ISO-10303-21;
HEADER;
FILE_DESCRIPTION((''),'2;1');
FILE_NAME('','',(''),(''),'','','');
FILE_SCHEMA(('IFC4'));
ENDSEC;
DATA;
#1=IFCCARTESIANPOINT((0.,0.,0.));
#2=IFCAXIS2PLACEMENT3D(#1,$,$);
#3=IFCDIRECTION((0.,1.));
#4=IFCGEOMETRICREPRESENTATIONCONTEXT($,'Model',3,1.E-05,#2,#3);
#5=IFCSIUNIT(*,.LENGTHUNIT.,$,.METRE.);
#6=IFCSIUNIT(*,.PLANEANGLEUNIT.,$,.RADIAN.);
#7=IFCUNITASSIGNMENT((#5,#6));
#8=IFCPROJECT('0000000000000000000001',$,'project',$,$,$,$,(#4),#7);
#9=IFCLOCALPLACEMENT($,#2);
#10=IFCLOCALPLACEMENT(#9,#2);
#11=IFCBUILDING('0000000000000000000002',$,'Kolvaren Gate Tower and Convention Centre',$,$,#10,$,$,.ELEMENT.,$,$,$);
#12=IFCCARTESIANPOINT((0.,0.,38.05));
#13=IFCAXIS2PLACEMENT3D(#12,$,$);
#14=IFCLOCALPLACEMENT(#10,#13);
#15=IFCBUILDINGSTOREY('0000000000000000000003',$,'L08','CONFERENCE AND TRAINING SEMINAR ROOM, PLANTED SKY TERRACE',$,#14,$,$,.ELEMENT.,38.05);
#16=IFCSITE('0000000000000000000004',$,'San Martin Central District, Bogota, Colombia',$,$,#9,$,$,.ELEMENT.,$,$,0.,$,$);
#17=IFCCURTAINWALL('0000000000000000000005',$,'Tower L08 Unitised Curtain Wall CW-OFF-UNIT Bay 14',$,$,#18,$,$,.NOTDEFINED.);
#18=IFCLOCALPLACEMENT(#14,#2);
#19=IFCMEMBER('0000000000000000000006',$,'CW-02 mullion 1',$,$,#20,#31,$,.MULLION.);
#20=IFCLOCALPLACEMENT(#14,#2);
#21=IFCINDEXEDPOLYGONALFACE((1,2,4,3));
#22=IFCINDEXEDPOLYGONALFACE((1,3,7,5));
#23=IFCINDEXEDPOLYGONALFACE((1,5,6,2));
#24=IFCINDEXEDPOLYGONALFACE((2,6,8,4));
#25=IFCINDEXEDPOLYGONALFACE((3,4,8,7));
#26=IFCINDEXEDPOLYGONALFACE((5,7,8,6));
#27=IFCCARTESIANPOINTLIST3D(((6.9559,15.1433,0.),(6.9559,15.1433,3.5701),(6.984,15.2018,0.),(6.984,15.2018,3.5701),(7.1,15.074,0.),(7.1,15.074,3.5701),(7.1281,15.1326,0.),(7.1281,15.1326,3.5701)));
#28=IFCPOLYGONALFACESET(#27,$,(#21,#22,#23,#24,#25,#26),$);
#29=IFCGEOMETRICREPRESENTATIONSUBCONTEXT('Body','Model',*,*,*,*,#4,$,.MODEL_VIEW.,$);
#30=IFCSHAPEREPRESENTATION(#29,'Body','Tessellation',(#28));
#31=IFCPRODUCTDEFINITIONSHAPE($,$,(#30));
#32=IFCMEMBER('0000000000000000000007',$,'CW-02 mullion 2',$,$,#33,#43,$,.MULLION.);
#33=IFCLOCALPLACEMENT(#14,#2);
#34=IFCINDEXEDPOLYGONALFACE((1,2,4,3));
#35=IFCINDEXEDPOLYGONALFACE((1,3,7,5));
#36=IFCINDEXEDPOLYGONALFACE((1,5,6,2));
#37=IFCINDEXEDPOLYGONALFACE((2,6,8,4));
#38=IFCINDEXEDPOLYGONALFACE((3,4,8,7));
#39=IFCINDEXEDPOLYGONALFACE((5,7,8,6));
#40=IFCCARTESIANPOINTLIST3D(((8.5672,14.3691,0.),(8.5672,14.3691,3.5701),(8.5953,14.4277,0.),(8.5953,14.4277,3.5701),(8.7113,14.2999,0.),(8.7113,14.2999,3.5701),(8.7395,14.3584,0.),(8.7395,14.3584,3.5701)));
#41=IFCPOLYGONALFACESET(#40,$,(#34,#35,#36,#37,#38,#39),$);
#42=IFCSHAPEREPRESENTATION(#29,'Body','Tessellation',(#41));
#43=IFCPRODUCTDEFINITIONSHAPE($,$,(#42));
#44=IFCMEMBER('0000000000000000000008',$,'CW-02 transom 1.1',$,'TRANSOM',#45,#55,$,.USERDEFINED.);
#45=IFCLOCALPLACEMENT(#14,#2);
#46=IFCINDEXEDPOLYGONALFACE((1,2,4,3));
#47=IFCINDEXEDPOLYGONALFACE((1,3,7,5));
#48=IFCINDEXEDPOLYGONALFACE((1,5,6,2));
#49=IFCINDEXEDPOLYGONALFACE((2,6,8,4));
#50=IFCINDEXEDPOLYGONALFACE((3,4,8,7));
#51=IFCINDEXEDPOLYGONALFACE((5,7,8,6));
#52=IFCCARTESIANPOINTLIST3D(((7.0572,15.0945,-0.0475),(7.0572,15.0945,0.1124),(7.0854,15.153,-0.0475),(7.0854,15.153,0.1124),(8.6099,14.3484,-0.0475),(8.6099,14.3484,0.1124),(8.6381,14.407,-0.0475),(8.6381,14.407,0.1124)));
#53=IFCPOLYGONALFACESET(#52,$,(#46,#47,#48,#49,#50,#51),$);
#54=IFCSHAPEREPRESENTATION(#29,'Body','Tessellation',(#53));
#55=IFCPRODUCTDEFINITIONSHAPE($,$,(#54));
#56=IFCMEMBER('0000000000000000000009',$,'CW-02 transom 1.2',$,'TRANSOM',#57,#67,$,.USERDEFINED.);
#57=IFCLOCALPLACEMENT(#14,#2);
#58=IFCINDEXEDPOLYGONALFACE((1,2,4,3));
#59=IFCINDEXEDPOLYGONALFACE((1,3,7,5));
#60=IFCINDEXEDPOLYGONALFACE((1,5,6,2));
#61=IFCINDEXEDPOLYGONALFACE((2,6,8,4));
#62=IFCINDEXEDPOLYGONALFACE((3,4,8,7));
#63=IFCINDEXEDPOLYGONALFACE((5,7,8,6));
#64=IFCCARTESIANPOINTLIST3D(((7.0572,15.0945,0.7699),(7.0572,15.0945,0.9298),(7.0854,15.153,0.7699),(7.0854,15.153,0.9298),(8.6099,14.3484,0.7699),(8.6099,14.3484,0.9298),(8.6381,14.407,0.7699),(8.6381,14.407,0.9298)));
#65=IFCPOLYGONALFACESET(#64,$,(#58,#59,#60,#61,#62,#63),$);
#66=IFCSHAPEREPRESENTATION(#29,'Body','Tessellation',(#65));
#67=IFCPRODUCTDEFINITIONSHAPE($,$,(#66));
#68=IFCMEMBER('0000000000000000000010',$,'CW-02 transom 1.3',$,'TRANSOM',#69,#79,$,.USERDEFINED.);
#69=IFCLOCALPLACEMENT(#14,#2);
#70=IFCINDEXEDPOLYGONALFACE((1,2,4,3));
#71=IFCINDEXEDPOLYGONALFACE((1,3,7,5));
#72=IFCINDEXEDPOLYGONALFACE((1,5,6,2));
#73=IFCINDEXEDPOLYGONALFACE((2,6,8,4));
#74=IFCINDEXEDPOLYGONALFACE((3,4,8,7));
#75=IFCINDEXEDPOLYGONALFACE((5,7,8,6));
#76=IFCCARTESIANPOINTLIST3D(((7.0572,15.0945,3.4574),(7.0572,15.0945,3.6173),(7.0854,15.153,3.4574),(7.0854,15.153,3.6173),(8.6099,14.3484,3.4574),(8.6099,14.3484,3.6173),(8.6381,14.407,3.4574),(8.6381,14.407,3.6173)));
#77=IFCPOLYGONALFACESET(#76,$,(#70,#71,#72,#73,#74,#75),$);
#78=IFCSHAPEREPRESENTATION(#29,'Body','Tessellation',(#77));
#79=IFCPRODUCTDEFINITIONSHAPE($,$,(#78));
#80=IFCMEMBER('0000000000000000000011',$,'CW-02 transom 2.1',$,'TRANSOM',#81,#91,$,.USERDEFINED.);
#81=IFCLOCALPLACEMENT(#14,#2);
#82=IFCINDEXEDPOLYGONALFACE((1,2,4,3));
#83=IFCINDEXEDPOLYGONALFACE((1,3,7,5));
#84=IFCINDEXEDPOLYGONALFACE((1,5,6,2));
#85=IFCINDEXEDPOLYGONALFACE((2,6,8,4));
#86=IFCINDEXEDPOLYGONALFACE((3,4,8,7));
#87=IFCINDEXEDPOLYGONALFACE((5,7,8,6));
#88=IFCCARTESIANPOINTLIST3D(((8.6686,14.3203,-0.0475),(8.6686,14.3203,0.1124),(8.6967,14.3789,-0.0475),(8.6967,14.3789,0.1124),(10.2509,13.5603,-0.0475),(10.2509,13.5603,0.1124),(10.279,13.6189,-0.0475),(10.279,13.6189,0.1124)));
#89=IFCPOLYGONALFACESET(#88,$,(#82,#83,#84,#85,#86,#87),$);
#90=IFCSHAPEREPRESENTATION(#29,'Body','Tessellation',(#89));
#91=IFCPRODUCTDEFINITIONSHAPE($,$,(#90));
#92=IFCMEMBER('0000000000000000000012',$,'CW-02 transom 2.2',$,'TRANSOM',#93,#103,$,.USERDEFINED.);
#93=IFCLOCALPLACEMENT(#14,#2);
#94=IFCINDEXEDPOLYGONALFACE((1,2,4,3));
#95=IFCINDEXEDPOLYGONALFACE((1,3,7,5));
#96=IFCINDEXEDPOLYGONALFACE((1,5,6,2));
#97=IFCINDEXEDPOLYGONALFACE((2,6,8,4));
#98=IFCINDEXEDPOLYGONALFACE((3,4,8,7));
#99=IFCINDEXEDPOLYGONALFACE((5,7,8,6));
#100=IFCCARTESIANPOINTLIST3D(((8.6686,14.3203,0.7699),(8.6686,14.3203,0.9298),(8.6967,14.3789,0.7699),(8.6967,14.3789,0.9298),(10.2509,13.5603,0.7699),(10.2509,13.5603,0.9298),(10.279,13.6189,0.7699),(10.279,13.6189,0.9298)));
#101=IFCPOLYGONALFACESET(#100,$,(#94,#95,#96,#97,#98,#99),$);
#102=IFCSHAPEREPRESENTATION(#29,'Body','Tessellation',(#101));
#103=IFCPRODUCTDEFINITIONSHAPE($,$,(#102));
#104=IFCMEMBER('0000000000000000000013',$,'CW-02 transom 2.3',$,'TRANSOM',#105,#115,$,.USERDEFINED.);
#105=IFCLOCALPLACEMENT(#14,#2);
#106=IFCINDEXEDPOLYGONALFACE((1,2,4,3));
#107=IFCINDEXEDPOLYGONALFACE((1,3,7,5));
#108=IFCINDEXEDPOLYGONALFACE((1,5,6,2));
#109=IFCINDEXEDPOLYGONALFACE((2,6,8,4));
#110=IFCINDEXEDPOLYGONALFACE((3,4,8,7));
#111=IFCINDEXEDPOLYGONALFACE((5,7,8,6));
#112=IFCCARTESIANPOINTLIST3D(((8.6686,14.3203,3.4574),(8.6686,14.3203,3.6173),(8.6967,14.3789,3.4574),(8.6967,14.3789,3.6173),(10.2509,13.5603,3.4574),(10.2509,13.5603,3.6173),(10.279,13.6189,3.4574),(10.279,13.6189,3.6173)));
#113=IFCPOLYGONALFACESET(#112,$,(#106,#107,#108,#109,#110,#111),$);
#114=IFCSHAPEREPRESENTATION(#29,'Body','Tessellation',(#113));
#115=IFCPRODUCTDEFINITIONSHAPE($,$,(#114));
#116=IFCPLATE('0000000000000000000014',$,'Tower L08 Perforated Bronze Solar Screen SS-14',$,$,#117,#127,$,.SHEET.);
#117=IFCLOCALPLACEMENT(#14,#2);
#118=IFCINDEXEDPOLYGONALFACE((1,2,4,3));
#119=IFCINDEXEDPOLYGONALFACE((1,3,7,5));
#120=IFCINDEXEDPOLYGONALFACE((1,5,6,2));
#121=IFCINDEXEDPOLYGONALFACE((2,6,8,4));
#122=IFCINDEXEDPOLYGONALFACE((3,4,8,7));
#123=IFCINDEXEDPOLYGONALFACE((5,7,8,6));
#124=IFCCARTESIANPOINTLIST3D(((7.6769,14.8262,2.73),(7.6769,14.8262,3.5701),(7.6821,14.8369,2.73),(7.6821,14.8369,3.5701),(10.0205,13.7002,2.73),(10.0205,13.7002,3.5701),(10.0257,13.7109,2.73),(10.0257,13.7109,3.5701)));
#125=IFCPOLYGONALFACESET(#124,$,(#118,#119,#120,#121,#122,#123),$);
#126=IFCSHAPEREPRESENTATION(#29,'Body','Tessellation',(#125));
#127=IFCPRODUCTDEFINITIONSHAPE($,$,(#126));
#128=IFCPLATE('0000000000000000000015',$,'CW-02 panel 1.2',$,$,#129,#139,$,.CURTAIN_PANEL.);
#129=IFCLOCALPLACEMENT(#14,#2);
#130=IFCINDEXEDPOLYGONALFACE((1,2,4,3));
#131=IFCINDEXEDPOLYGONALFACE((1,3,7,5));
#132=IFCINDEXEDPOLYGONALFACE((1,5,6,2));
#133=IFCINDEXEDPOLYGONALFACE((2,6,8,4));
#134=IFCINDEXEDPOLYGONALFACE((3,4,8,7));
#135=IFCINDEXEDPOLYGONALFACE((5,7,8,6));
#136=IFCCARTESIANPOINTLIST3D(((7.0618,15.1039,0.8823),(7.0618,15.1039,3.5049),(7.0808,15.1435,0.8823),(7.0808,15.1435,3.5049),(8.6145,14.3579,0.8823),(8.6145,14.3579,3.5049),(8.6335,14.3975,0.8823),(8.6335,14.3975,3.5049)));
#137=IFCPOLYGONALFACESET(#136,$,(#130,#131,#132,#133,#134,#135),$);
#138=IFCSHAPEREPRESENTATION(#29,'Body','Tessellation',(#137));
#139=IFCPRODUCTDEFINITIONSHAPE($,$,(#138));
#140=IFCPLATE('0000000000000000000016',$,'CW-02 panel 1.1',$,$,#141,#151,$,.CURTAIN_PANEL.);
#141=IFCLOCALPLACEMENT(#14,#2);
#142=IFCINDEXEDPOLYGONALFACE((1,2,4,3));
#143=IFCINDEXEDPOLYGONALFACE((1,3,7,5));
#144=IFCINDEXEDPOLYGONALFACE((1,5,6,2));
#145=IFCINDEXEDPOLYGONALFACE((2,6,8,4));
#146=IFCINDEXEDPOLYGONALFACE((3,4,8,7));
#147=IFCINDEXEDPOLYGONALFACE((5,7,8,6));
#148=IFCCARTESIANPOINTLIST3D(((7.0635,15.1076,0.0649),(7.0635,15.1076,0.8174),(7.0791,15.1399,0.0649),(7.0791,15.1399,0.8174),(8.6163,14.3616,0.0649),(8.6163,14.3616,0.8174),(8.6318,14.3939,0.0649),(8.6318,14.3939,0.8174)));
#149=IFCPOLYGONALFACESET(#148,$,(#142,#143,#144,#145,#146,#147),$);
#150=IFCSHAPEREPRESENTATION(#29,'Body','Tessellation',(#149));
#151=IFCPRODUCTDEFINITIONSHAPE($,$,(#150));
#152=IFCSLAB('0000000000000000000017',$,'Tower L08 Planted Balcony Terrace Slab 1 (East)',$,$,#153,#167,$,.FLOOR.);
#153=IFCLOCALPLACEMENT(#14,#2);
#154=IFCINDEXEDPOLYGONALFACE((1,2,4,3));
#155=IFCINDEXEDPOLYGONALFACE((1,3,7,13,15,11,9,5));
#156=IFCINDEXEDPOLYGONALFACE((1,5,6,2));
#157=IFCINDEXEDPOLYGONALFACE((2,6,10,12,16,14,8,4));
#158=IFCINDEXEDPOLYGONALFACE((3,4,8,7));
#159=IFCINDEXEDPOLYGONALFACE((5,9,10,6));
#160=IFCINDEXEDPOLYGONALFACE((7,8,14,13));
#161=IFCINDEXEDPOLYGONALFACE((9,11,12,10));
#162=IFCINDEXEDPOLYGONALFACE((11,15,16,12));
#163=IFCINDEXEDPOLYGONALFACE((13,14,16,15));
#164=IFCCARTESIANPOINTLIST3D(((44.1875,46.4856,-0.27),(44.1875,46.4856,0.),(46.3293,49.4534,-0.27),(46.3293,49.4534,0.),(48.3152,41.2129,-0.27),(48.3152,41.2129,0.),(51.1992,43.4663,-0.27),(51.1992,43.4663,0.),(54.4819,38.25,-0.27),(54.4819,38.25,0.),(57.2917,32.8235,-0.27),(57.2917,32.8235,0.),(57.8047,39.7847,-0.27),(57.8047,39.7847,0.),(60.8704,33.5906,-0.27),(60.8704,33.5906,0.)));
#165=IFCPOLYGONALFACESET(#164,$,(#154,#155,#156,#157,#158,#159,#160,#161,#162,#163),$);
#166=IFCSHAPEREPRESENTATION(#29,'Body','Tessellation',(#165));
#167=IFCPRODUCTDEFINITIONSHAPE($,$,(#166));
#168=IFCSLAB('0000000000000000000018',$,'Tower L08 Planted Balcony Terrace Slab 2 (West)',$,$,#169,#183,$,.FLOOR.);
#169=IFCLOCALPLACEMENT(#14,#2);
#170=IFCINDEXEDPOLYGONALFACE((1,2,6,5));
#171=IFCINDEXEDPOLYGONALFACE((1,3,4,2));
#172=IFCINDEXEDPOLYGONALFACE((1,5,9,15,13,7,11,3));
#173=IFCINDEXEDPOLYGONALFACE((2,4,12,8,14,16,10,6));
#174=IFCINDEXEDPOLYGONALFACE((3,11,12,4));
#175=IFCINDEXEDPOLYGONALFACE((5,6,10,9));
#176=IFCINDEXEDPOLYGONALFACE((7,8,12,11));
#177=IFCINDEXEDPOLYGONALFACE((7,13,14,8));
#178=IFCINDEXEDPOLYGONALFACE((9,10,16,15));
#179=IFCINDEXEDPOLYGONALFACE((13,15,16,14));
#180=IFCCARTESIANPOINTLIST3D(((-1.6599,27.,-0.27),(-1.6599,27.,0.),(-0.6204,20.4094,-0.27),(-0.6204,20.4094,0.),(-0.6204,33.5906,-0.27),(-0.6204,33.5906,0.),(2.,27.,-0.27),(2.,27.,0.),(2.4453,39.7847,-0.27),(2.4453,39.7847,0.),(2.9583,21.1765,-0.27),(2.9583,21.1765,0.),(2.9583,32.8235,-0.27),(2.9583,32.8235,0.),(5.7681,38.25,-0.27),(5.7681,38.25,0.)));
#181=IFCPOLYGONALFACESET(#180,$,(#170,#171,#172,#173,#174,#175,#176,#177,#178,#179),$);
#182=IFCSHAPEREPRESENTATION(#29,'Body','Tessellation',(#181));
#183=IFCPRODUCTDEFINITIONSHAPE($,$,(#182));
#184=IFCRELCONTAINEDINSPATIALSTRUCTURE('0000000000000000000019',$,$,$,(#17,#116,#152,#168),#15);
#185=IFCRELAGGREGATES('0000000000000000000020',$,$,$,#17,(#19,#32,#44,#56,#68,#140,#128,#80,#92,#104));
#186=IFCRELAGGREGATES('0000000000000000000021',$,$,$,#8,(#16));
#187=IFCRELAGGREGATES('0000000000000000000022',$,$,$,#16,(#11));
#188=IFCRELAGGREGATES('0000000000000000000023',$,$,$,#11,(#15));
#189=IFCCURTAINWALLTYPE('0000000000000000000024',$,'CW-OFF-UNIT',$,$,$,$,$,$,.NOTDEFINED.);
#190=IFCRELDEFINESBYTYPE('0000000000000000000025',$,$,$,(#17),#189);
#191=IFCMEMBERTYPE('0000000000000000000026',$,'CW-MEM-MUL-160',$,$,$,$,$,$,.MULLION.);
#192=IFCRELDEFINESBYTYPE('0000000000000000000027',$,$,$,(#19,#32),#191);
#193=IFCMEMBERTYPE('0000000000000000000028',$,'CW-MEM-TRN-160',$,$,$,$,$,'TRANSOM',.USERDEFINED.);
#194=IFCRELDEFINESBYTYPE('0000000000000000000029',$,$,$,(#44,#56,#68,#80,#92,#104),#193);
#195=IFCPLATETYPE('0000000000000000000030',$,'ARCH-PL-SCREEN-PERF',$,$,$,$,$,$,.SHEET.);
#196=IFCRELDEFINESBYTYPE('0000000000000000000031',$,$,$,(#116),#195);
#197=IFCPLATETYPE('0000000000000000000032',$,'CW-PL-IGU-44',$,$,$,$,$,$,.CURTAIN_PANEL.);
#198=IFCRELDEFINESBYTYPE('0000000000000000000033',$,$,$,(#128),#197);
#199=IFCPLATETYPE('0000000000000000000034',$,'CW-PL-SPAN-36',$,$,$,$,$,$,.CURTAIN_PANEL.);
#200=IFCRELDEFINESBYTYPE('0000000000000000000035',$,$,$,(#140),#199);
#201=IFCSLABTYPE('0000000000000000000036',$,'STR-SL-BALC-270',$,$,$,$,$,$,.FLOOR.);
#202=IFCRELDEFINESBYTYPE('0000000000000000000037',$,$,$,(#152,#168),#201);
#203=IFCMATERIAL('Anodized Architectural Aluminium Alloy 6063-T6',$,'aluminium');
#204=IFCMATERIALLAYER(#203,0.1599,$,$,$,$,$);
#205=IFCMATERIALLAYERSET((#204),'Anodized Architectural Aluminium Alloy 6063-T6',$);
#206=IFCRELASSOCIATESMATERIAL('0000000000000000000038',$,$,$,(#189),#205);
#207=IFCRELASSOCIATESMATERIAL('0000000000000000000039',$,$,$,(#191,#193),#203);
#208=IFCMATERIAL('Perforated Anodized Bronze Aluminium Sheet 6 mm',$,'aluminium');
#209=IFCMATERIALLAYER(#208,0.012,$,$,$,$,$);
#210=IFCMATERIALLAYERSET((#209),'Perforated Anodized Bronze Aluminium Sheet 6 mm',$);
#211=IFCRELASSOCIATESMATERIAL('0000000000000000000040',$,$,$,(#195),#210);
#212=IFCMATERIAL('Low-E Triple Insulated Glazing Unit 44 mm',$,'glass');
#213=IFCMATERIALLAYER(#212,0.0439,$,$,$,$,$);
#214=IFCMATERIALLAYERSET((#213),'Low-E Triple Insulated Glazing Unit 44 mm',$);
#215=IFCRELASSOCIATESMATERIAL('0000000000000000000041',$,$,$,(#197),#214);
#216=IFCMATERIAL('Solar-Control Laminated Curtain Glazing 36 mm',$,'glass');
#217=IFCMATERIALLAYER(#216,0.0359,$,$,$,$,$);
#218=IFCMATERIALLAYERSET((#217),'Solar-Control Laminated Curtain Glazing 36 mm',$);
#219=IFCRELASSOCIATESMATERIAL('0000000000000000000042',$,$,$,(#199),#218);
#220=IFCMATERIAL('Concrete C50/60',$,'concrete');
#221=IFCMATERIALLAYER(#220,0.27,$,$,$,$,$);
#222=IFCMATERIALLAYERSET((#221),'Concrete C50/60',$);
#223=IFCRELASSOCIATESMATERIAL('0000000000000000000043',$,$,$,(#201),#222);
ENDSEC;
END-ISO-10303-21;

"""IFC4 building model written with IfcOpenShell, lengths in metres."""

from ifc_helpers import new_model, si_unit, direction, frame, origin, origin_2d, place, context, subcontext, project, spatial, polyline, rectangle, outline, extrude, material, layer, layer_set, material_profile, profile_set, type_object, element, aggregate, save


model = new_model("IFC4")

# Units and contexts
model_context = context("Model", 3, precision=1e-05, world=origin(), true_north=direction((0.0, 1.0)))
body_context = subcontext(model_context, "Body", "Model", "MODEL_VIEW")
ifc_project = project(units=[si_unit("LENGTHUNIT", "METRE"), si_unit("PLANEANGLEUNIT", "RADIAN")], contexts=[model_context])

# Site, building, storey
site_placement = place(None, origin())
site = spatial("IfcSite", under=ifc_project, at=site_placement, Name="San Martin Central District, Bogota, Colombia", CompositionType="ELEMENT", RefElevation=0.0)
building_placement = place(site_placement, origin())
building = spatial("IfcBuilding", under=site, at=building_placement, Name="Kolvaren Gate Tower and Convention Centre", CompositionType="ELEMENT")
storey_placement = place(building_placement, frame((0.0, 0.0, 38.05)))
storey = spatial("IfcBuildingStorey", under=building, at=storey_placement, Name="L08", Description="CONFERENCE AND TRAINING SEMINAR ROOM, PLANTED SKY TERRACE", CompositionType="ELEMENT", Elevation=38.05)

# Curtain wall, members
ifc_material_1 = material(Name="Anodized Architectural Aluminium Alloy 6063-T6", Category="aluminium")
ifc_layer_1 = layer(ifc_material_1, 0.1599)
ifc_layer_set_1 = layer_set([ifc_layer_1], Name="Anodized Architectural Aluminium Alloy 6063-T6")
curtain_wall_type = type_object("IfcCurtainWallType", Name="CW-OFF-UNIT", PredefinedType="NOTDEFINED", material=ifc_layer_set_1)
curtain_wall_placement = place(storey_placement, origin())
curtain_wall = element("IfcCurtainWall", 1, at=curtain_wall_placement, inside=storey, type_object=curtain_wall_type, Name="Tower L08 Unitised Curtain Wall CW-OFF-UNIT Bay 14", PredefinedType="NOTDEFINED")
ifc_material_profile_1 = material_profile(ifc_material_1, rectangle(XDim=0.0649, YDim=0.1599, at=origin_2d()), Name="CW-MEM-MUL-160")
ifc_profile_set_1 = profile_set([ifc_material_profile_1], Name="Anodized Architectural Aluminium Alloy 6063-T6")
member_type_1 = type_object("IfcMemberType", Name="CW-MEM-MUL-160", PredefinedType="MULLION", material=ifc_profile_set_1)
member_1_placement = place(storey_placement, frame((7.042, 15.1379, 0.0), z_axis=(0.0, 0.0, 1.0), x_axis=(0.433057, 0.901367, 0.0)))
member_1 = element("IfcMember", 2, at=member_1_placement, type_object=member_type_1, Name="CW-02 mullion 1", PredefinedType="MULLION", context=body_context, shape_type="SweptSolid", body=[
    extrude(rectangle(XDim=0.0649, YDim=0.1599, at=origin_2d()), origin(), (0.0, 0.0, 1.0), 3.5701),
])
member_2_placement = place(storey_placement, frame((8.6533, 14.3638, 0.0), z_axis=(0.0, 0.0, 1.0), x_axis=(0.433057, 0.901367, 0.0)))
member_2 = element("IfcMember", 3, at=member_2_placement, type_object=member_type_1, Name="CW-02 mullion 2", PredefinedType="MULLION", context=body_context, shape_type="SweptSolid", body=[
    extrude(rectangle(XDim=0.0649, YDim=0.1599, at=origin_2d()), origin(), (0.0, 0.0, 1.0), 3.5701),
])
ifc_material_profile_2 = material_profile(ifc_material_1, rectangle(XDim=0.0649, YDim=0.1599, at=origin_2d()), Name="CW-MEM-TRN-160")
ifc_profile_set_2 = profile_set([ifc_material_profile_2], Name="Anodized Architectural Aluminium Alloy 6063-T6")
member_type_2 = type_object("IfcMemberType", Name="CW-MEM-TRN-160", ElementType="TRANSOM", PredefinedType="USERDEFINED", material=ifc_profile_set_2)
member_3_placement = place(storey_placement, frame((7.0713, 15.1238, 0.0325), z_axis=(0.901346, -0.4331, 0.0), x_axis=(0.4331, 0.901346, 0.0)))
member_3 = element("IfcMember", 4, at=member_3_placement, type_object=member_type_2, Name="CW-02 transom 1.1", ObjectType="TRANSOM", PredefinedType="USERDEFINED", context=body_context, shape_type="SweptSolid", body=[
    extrude(rectangle(XDim=0.0649, YDim=0.1599, at=origin_2d()), origin(), (0.0, 0.0, 1.0), 1.7227),
])
member_4_placement = place(storey_placement, frame((7.0713, 15.1238, 0.8499), z_axis=(0.901346, -0.4331, 0.0), x_axis=(0.4331, 0.901346, 0.0)))
member_4 = element("IfcMember", 5, at=member_4_placement, type_object=member_type_2, Name="CW-02 transom 1.2", ObjectType="TRANSOM", PredefinedType="USERDEFINED", context=body_context, shape_type="SweptSolid", body=[
    extrude(rectangle(XDim=0.0649, YDim=0.1599, at=origin_2d()), origin(), (0.0, 0.0, 1.0), 1.7227),
])
member_5_placement = place(storey_placement, frame((7.0713, 15.1238, 3.5374), z_axis=(0.901346, -0.4331, 0.0), x_axis=(0.4331, 0.901346, 0.0)))
member_5 = element("IfcMember", 6, at=member_5_placement, type_object=member_type_2, Name="CW-02 transom 1.3", ObjectType="TRANSOM", PredefinedType="USERDEFINED", context=body_context, shape_type="SweptSolid", body=[
    extrude(rectangle(XDim=0.0649, YDim=0.1599, at=origin_2d()), origin(), (0.0, 0.0, 1.0), 1.7227),
])
member_6_placement = place(storey_placement, frame((8.6826, 14.3496, 0.0325), z_axis=(0.901408, -0.432971, 0.0), x_axis=(0.432971, 0.901408, 0.0)))
member_6 = element("IfcMember", 7, at=member_6_placement, type_object=member_type_2, Name="CW-02 transom 2.1", ObjectType="TRANSOM", PredefinedType="USERDEFINED", context=body_context, shape_type="SweptSolid", body=[
    extrude(rectangle(XDim=0.0649, YDim=0.1599, at=origin_2d()), origin(), (0.0, 0.0, 1.0), 1.7554),
])
member_7_placement = place(storey_placement, frame((8.6826, 14.3496, 0.8499), z_axis=(0.901408, -0.432971, 0.0), x_axis=(0.432971, 0.901408, 0.0)))
member_7 = element("IfcMember", 8, at=member_7_placement, type_object=member_type_2, Name="CW-02 transom 2.2", ObjectType="TRANSOM", PredefinedType="USERDEFINED", context=body_context, shape_type="SweptSolid", body=[
    extrude(rectangle(XDim=0.0649, YDim=0.1599, at=origin_2d()), origin(), (0.0, 0.0, 1.0), 1.7554),
])
member_8_placement = place(storey_placement, frame((8.6826, 14.3496, 3.5374), z_axis=(0.901408, -0.432971, 0.0), x_axis=(0.432971, 0.901408, 0.0)))
member_8 = element("IfcMember", 9, at=member_8_placement, type_object=member_type_2, Name="CW-02 transom 2.3", ObjectType="TRANSOM", PredefinedType="USERDEFINED", context=body_context, shape_type="SweptSolid", body=[
    extrude(rectangle(XDim=0.0649, YDim=0.1599, at=origin_2d()), origin(), (0.0, 0.0, 1.0), 1.7554),
])

# Plates
ifc_material_2 = material(Name="Perforated Anodized Bronze Aluminium Sheet 6 mm", Category="aluminium")
ifc_layer_2 = layer(ifc_material_2, 0.012)
ifc_layer_set_2 = layer_set([ifc_layer_2], Name="Perforated Anodized Bronze Aluminium Sheet 6 mm")
plate_type_1 = type_object("IfcPlateType", Name="ARCH-PL-SCREEN-PERF", PredefinedType="SHEET", material=ifc_layer_set_2)
plate_1_placement = place(storey_placement, frame((8.8513, 14.2686, 2.73), z_axis=(0.0, 0.0, 1.0), x_axis=(0.901364, -0.433061, 0.0)))
element("IfcPlate", 10, at=plate_1_placement, inside=storey, type_object=plate_type_1, Name="Tower L08 Perforated Bronze Solar Screen SS-14", PredefinedType="SHEET", context=body_context, shape_type="SweptSolid", body=[
    extrude(rectangle(XDim=2.6001, YDim=0.012, at=origin_2d()), origin(), (0.0, 0.0, 1.0), 0.8401),
])
ifc_material_3 = material(Name="Low-E Triple Insulated Glazing Unit 44 mm", Category="glass")
ifc_layer_3 = layer(ifc_material_3, 0.0439)
ifc_layer_set_3 = layer_set([ifc_layer_3], Name="Low-E Triple Insulated Glazing Unit 44 mm")
plate_type_2 = type_object("IfcPlateType", Name="CW-PL-IGU-44", PredefinedType="CURTAIN_PANEL", material=ifc_layer_set_3)
plate_2_placement = place(storey_placement, frame((7.8477, 14.7507, 0.8823), z_axis=(0.0, 0.0, 1.0), x_axis=(0.901367, -0.433057, 0.0)))
plate_2 = element("IfcPlate", 11, at=plate_2_placement, type_object=plate_type_2, Name="CW-02 panel 1.2", PredefinedType="CURTAIN_PANEL", context=body_context, shape_type="SweptSolid", body=[
    extrude(rectangle(XDim=1.7227, YDim=0.0439, at=origin_2d()), origin(), (0.0, 0.0, 1.0), 2.6226),
])
ifc_material_4 = material(Name="Solar-Control Laminated Curtain Glazing 36 mm", Category="glass")
ifc_layer_4 = layer(ifc_material_4, 0.0359)
ifc_layer_set_4 = layer_set([ifc_layer_4], Name="Solar-Control Laminated Curtain Glazing 36 mm")
plate_type_3 = type_object("IfcPlateType", Name="CW-PL-SPAN-36", PredefinedType="CURTAIN_PANEL", material=ifc_layer_set_4)
plate_3_placement = place(storey_placement, frame((7.8477, 14.7507, 0.0649), z_axis=(0.0, 0.0, 1.0), x_axis=(0.901367, -0.433057, 0.0)))
plate_3 = element("IfcPlate", 12, at=plate_3_placement, type_object=plate_type_3, Name="CW-02 panel 1.1", PredefinedType="CURTAIN_PANEL", context=body_context, shape_type="SweptSolid", body=[
    extrude(rectangle(XDim=1.7227, YDim=0.0359, at=origin_2d()), origin(), (0.0, 0.0, 1.0), 0.7524),
])
aggregate(curtain_wall, [member_1, member_2, member_3, member_4, member_5, plate_3, plate_2, member_6, member_7, member_8])

# Slabs
ifc_material_5 = material(Name="Concrete C50/60", Category="concrete")
ifc_layer_5 = layer(ifc_material_5, 0.27)
ifc_layer_set_5 = layer_set([ifc_layer_5], Name="Concrete C50/60")
slab_type_1 = type_object("IfcSlabType", Name="STR-SL-BALC-270", PredefinedType="FLOOR", material=ifc_layer_set_5)
slab_1_placement = place(storey_placement, frame((0.0, 0.0, -0.27)))
element("IfcSlab", 13, at=slab_1_placement, inside=storey, type_object=slab_type_1, Name="Tower L08 Planted Balcony Terrace Slab 1 (East)", PredefinedType="FLOOR", context=body_context, shape_type="SweptSolid", body=[
    extrude(outline(polyline([(57.2917, 32.8235), (54.4819, 38.25), (48.3152, 41.2129), (44.1875, 46.4856), (46.3293, 49.4534), (51.1992, 43.4663), (57.8047, 39.7847), (60.8704, 33.5906), (57.2917, 32.8235)])), origin(), (0.0, 0.0, 1.0), 0.27),
])
slab_2_placement = place(storey_placement, frame((0.0, 0.0, -0.27)))
element("IfcSlab", 14, at=slab_2_placement, inside=storey, type_object=slab_type_1, Name="Tower L08 Planted Balcony Terrace Slab 2 (West)", PredefinedType="FLOOR", context=body_context, shape_type="SweptSolid", body=[
    extrude(outline(polyline([(5.7681, 38.25), (2.9583, 32.8235), (2.0, 27.0), (2.9583, 21.1765), (-0.6204, 20.4094), (-1.6599, 27.0), (-0.6204, 33.5906), (2.4453, 39.7847), (5.7681, 38.25)])), origin(), (0.0, 0.0, 1.0), 0.27),
])

save(model, "model.ifc")
